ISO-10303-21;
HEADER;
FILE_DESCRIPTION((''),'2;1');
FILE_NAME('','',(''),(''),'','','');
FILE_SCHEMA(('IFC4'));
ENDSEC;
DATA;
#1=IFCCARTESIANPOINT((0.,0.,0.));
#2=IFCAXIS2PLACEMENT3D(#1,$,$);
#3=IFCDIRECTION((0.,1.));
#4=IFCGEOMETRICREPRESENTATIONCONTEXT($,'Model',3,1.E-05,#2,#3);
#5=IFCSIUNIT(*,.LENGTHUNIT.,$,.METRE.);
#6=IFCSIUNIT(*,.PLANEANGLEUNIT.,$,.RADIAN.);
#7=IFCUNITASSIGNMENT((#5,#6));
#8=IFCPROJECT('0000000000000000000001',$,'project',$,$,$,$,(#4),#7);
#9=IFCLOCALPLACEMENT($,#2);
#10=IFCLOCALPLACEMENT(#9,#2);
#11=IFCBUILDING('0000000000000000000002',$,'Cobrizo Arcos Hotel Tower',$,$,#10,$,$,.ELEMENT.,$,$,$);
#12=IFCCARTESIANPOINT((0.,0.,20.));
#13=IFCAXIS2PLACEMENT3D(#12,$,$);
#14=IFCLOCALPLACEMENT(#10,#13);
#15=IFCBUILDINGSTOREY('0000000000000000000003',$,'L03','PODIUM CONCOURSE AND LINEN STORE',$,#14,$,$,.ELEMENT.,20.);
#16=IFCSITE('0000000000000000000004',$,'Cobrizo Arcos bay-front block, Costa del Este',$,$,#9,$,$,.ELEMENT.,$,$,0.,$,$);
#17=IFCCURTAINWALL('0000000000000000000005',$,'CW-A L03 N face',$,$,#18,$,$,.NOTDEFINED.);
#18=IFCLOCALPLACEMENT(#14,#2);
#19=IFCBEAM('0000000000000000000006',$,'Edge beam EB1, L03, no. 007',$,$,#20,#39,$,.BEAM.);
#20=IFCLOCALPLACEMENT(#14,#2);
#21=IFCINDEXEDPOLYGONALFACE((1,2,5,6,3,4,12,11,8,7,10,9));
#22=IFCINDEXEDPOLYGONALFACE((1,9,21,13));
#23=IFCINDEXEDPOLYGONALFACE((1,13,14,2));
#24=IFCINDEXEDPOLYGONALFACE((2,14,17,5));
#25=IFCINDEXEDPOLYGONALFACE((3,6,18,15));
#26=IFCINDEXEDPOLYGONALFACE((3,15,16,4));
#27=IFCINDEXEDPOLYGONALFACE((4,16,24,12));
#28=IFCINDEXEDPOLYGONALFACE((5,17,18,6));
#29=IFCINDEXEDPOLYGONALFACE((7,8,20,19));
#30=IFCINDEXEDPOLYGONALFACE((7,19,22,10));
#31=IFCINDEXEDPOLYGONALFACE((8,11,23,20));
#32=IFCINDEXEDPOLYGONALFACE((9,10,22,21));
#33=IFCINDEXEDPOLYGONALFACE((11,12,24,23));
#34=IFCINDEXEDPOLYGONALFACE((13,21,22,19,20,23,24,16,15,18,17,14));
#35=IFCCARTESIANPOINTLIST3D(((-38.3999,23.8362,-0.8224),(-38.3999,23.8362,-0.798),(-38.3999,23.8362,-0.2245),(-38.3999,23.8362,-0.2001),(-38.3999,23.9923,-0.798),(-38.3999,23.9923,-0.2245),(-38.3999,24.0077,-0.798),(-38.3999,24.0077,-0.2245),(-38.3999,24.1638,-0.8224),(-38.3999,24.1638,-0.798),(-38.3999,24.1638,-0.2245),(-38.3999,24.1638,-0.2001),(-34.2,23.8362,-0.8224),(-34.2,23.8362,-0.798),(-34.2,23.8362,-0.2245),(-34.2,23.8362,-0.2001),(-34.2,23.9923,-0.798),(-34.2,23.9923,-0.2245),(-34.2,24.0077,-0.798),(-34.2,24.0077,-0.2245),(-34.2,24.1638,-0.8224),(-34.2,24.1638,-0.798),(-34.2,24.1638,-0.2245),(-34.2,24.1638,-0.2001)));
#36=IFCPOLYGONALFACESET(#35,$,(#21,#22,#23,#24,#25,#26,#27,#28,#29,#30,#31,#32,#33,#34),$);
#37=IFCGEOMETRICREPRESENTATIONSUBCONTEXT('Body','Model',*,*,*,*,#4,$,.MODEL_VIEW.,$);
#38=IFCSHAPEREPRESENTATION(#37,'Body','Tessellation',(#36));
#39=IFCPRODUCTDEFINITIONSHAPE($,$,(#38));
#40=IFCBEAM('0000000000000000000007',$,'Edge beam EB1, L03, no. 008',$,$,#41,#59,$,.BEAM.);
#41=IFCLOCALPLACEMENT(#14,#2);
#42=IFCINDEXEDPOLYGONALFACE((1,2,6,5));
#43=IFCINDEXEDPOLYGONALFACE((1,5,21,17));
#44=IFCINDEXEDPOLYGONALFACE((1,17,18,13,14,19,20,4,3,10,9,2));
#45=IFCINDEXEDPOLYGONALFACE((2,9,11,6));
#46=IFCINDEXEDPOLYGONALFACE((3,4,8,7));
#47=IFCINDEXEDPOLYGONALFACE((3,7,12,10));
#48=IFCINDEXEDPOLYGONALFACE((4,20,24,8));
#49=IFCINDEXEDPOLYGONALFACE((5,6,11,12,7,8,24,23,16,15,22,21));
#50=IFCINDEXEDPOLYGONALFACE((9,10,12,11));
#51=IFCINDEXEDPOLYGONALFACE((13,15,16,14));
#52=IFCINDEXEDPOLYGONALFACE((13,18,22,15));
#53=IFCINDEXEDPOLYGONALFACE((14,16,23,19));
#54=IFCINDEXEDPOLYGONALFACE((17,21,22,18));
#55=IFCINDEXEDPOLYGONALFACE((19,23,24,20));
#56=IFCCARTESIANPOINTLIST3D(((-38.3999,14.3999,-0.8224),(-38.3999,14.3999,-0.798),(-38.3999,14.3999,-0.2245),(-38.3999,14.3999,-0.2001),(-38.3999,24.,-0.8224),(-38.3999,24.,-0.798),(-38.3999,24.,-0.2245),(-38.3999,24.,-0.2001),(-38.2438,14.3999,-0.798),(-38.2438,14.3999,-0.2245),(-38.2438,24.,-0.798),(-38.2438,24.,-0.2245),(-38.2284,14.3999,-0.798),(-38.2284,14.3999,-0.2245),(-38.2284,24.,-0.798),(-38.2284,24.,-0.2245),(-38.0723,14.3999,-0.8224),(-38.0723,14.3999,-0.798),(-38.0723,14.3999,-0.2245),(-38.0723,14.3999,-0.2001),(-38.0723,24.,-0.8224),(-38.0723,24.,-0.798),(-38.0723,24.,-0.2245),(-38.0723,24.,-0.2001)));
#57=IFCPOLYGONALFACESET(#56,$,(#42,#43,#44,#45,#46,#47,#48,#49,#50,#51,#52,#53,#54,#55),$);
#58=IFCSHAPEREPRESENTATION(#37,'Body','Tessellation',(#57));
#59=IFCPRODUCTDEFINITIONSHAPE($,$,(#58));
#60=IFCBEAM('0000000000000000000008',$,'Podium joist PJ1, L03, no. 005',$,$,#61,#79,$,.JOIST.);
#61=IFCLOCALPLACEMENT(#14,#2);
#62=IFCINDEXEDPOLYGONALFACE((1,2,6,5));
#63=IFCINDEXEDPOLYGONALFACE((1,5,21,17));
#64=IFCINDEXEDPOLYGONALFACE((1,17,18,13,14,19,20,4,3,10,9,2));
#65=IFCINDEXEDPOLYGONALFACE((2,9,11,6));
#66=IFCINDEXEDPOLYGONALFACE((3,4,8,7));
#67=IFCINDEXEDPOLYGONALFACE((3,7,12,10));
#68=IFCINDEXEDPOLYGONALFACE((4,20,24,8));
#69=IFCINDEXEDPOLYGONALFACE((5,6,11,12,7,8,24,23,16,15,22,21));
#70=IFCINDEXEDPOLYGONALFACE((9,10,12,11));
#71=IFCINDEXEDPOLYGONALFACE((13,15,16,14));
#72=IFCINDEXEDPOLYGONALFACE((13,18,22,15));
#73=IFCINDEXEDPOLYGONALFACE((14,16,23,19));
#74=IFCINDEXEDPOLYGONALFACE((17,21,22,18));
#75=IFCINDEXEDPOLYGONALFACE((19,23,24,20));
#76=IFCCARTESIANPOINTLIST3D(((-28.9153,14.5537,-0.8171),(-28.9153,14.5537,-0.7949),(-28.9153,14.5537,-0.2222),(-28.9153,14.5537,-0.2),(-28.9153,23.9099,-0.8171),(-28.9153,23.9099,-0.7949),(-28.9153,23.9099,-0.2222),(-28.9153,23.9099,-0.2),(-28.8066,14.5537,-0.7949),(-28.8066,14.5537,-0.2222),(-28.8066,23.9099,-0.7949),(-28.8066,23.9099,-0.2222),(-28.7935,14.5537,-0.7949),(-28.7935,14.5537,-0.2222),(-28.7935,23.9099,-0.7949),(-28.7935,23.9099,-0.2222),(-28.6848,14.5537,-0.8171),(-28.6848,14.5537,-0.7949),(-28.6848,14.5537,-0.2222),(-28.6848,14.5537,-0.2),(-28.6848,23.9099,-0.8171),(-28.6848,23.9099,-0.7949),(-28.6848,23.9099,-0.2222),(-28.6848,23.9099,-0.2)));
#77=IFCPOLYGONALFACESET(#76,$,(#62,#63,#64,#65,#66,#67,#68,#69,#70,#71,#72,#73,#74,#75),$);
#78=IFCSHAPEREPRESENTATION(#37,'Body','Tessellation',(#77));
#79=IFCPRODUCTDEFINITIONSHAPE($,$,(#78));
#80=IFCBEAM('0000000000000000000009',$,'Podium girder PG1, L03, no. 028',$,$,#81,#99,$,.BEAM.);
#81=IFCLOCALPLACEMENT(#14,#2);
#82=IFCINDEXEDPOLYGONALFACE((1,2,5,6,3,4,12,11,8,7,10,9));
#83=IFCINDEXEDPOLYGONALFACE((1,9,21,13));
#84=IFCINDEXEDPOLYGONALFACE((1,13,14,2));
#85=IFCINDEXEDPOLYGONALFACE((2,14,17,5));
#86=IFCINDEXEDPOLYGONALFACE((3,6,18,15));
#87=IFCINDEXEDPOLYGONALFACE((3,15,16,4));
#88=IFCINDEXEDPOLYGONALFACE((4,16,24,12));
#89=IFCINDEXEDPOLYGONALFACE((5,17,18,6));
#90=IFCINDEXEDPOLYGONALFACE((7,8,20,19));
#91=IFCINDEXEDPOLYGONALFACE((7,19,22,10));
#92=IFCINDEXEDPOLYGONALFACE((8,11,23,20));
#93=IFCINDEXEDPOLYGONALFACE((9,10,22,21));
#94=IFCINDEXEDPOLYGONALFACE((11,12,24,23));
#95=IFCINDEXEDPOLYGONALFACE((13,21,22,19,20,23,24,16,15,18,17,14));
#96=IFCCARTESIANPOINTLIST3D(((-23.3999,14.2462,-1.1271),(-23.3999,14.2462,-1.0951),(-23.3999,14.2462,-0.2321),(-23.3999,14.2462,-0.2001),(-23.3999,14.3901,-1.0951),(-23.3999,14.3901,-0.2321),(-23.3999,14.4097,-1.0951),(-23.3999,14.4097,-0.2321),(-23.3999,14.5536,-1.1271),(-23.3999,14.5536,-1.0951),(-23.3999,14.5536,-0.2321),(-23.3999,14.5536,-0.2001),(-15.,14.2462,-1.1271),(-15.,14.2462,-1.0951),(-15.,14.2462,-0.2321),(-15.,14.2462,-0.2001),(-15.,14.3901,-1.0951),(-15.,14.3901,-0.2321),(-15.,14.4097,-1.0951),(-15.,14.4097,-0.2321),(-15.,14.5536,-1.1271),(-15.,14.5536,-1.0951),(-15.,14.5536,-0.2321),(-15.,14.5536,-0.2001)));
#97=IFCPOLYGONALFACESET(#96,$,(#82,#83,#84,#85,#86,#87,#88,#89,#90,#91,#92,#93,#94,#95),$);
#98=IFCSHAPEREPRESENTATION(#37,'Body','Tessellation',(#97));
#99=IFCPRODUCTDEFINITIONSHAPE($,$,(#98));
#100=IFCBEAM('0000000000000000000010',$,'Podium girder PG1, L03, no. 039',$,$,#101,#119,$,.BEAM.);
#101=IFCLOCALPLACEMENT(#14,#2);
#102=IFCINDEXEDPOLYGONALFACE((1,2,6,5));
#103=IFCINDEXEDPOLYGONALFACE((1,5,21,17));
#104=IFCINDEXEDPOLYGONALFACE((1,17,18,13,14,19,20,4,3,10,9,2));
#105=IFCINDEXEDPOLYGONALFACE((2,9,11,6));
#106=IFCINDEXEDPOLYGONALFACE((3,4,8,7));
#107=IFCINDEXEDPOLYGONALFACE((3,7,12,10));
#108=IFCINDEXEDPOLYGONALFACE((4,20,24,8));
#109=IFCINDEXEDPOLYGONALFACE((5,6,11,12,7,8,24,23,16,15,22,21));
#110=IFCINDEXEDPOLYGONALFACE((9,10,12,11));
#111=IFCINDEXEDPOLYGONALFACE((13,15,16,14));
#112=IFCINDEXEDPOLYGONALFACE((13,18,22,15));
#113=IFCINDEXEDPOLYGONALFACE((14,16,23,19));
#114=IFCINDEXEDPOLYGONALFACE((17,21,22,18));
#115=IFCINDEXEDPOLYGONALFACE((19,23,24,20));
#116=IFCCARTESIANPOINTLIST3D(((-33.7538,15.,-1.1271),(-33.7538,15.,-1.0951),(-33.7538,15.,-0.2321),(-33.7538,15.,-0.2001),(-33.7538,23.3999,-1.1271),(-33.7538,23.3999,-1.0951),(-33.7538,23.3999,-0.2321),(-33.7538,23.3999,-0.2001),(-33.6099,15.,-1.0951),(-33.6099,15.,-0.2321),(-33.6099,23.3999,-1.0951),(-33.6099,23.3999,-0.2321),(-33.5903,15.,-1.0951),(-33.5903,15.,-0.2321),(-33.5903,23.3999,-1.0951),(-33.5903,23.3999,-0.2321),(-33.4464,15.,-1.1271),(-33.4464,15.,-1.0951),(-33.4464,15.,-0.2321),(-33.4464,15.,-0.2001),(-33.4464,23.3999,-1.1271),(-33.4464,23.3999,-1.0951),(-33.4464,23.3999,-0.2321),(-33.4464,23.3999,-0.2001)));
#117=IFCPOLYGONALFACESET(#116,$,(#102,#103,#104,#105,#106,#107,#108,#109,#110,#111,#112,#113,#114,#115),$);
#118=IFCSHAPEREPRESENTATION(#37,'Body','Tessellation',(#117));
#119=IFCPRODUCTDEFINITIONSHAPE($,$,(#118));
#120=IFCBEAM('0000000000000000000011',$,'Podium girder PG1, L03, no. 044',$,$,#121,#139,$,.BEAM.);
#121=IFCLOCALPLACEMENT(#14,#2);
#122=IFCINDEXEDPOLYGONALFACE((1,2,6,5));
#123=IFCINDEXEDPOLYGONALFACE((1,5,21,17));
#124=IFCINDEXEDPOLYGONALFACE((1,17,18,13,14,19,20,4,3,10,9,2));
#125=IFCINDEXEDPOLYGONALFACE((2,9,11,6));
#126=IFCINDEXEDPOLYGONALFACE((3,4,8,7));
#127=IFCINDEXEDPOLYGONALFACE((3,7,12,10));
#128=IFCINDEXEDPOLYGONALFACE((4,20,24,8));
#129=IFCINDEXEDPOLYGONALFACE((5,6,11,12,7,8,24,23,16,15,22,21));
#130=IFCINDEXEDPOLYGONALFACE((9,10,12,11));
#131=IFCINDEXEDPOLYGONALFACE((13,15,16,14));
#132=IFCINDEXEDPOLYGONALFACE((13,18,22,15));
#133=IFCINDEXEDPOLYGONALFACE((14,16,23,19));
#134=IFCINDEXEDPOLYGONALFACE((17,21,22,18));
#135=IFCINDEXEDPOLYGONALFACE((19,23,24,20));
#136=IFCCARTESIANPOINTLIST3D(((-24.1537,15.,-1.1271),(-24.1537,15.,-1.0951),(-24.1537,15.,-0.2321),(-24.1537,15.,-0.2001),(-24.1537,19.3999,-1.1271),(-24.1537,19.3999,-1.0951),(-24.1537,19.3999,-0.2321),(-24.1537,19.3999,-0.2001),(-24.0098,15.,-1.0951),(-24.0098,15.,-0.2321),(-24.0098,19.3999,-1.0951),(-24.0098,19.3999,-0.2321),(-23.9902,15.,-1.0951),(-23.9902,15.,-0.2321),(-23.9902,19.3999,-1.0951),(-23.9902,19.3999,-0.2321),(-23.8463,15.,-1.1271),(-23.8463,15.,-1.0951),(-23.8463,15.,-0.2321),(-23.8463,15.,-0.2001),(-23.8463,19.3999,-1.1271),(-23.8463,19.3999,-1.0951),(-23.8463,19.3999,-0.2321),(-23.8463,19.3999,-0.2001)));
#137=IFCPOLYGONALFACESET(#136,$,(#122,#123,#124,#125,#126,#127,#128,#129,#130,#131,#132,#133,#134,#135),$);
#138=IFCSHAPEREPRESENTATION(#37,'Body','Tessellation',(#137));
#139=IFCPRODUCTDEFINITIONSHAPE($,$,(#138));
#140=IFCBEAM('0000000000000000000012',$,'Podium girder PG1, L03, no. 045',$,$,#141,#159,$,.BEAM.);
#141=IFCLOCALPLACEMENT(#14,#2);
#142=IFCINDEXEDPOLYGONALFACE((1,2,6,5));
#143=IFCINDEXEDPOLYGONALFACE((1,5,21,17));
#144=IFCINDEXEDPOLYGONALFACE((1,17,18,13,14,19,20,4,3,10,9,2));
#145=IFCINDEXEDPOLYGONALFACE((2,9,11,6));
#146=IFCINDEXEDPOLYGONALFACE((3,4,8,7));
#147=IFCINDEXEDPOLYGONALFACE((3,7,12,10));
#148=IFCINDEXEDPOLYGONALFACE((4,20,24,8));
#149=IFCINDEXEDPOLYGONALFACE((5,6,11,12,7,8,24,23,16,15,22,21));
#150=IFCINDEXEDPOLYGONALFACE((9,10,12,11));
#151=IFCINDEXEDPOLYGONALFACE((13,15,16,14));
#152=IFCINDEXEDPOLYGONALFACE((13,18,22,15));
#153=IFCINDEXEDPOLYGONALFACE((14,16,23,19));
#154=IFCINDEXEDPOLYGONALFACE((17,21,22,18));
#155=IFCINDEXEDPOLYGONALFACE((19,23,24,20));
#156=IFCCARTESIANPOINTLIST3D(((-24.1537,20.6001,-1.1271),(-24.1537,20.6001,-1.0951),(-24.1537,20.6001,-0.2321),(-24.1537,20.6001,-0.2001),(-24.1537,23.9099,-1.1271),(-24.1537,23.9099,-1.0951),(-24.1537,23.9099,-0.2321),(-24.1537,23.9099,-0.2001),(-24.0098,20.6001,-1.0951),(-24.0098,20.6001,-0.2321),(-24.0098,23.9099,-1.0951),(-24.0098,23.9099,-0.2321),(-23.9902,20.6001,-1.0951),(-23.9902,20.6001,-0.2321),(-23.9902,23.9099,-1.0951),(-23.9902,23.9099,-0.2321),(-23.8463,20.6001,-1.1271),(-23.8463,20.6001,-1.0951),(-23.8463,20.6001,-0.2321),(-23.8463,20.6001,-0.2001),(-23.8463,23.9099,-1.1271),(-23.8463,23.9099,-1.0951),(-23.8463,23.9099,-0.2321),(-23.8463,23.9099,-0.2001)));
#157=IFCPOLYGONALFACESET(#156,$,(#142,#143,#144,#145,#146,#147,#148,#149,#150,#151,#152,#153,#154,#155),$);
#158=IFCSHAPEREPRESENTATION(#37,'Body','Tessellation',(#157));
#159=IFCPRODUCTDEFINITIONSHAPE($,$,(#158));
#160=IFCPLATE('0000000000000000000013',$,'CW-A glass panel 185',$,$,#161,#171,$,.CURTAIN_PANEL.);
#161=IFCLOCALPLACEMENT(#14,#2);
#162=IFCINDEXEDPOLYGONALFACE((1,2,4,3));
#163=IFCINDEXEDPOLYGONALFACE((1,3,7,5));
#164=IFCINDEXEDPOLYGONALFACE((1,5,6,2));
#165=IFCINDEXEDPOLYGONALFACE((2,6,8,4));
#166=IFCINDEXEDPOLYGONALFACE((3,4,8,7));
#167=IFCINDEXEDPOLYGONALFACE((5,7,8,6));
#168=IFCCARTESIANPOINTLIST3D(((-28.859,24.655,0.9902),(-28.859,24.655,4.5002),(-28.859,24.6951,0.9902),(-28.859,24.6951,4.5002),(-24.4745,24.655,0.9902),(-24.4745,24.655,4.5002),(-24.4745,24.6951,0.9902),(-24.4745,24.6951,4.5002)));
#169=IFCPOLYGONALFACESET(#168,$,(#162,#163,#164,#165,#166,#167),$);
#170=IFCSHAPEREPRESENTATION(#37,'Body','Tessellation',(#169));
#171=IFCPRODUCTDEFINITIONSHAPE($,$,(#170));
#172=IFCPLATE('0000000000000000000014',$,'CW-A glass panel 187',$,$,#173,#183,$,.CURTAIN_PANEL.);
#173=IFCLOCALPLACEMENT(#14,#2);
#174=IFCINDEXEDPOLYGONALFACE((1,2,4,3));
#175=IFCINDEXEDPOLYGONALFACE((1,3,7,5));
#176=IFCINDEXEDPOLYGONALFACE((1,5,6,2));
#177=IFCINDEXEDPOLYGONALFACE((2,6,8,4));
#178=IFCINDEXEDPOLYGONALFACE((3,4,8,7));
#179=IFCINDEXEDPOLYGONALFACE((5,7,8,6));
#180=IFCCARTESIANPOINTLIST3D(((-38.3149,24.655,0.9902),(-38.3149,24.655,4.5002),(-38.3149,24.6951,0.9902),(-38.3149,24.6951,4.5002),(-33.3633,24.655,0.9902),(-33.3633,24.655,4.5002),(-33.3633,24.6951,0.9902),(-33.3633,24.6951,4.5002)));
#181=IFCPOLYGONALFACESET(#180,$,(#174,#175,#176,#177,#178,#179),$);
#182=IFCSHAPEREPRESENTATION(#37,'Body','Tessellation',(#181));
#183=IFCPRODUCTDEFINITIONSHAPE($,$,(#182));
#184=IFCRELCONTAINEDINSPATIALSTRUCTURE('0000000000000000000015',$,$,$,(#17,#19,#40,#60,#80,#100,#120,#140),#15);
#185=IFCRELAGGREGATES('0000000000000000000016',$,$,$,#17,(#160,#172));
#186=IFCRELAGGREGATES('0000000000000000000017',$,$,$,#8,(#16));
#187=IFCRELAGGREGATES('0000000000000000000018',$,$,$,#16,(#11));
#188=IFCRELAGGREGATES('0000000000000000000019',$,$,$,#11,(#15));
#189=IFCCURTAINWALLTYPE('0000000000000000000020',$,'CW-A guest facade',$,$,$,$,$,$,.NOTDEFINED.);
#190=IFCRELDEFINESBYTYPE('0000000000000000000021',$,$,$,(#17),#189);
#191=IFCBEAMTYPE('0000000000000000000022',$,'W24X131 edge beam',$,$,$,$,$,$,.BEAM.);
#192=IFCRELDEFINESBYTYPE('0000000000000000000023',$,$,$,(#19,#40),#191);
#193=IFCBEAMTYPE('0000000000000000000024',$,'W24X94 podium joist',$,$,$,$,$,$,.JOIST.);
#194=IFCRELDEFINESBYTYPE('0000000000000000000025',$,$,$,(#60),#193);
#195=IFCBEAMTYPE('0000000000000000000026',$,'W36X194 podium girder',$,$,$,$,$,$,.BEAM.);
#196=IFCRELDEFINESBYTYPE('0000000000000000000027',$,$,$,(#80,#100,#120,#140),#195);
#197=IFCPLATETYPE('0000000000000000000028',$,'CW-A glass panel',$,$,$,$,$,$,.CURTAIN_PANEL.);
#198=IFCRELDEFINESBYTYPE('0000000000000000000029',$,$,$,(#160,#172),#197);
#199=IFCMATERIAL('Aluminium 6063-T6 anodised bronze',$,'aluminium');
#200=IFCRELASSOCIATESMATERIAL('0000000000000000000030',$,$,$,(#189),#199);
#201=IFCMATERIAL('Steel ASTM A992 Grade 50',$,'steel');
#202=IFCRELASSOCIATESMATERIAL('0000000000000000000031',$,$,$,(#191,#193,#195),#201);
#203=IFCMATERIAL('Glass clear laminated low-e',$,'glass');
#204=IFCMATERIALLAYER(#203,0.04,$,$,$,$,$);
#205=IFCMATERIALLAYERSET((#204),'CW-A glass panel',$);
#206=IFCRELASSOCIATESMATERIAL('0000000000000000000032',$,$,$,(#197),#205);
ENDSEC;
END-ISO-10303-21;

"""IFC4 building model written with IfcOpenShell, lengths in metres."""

from ifc_helpers import new_model, si_unit, direction, frame, origin, origin_2d, place, context, subcontext, project, spatial, rectangle, i_section, extrude, material, layer, layer_set, material_profile, profile_set, type_object, element, aggregate, save


model = new_model("IFC4")

# Units and contexts
model_context = context("Model", 3, precision=1e-05, world=origin(), true_north=direction((0.0, 1.0)))
body_context = subcontext(model_context, "Body", "Model", "MODEL_VIEW")
ifc_project = project(units=[si_unit("LENGTHUNIT", "METRE"), si_unit("PLANEANGLEUNIT", "RADIAN")], contexts=[model_context])

# Site, building, storey
site_placement = place(None, origin())
site = spatial("IfcSite", under=ifc_project, at=site_placement, Name="Cobrizo Arcos bay-front block, Costa del Este", CompositionType="ELEMENT", RefElevation=0.0)
building_placement = place(site_placement, origin())
building = spatial("IfcBuilding", under=site, at=building_placement, Name="Cobrizo Arcos Hotel Tower", CompositionType="ELEMENT")
storey_placement = place(building_placement, frame((0.0, 0.0, 20.0)))
storey = spatial("IfcBuildingStorey", under=building, at=storey_placement, Name="L03", Description="PODIUM CONCOURSE AND LINEN STORE", CompositionType="ELEMENT", Elevation=20.0)

# Curtain wall
ifc_material_1 = material(Name="Aluminium 6063-T6 anodised bronze", Category="aluminium")
curtain_wall_type_1 = type_object("IfcCurtainWallType", Name="CW-A guest facade", PredefinedType="NOTDEFINED", material=ifc_material_1)
curtain_wall_1_placement = place(storey_placement, origin())
curtain_wall_1 = element("IfcCurtainWall", 1, at=curtain_wall_1_placement, inside=storey, type_object=curtain_wall_type_1, Name="CW-A L03 N face", PredefinedType="NOTDEFINED")

# Beams
ifc_material_2 = material(Name="Steel ASTM A992 Grade 50", Category="steel")
ifc_material_profile_1 = material_profile(ifc_material_2, i_section(OverallWidth=0.3276, OverallDepth=0.6223, WebThickness=0.0154, FlangeThickness=0.0244, at=origin_2d()), Name="W24X131")
ifc_profile_set_1 = profile_set([ifc_material_profile_1], Name="Steel ASTM A992 Grade 50")
beam_type_1 = type_object("IfcBeamType", Name="W24X131 edge beam", PredefinedType="BEAM", material=ifc_profile_set_1)
beam_1_placement = place(storey_placement, frame((-34.2, 24.0, -0.5112), z_axis=(-1.0, 0.0, 0.0), x_axis=(0.0, -1.0, 0.0)))
element("IfcBeam", 2, at=beam_1_placement, inside=storey, type_object=beam_type_1, Name="Edge beam EB1, L03, no. 007", PredefinedType="BEAM", context=body_context, shape_type="SweptSolid", body=[
    extrude(i_section(OverallWidth=0.3276, OverallDepth=0.6223, WebThickness=0.0154, FlangeThickness=0.0244, at=origin_2d()), origin(), (0.0, 0.0, 1.0), 4.2),
])
beam_2_placement = place(storey_placement, frame((-38.2361, 24.0, -0.5112), z_axis=(0.0, -1.0, 0.0), x_axis=(1.0, 0.0, 0.0)))
element("IfcBeam", 3, at=beam_2_placement, inside=storey, type_object=beam_type_1, Name="Edge beam EB1, L03, no. 008", PredefinedType="BEAM", context=body_context, shape_type="SweptSolid", body=[
    extrude(i_section(OverallWidth=0.3276, OverallDepth=0.6223, WebThickness=0.0154, FlangeThickness=0.0244, at=origin_2d()), origin(), (0.0, 0.0, 1.0), 9.6001),
])
ifc_material_profile_2 = material_profile(ifc_material_2, i_section(OverallWidth=0.2305, OverallDepth=0.6172, WebThickness=0.0132, FlangeThickness=0.0222, at=origin_2d()), Name="W24X94")
ifc_profile_set_2 = profile_set([ifc_material_profile_2], Name="Steel ASTM A992 Grade 50")
beam_type_2 = type_object("IfcBeamType", Name="W24X94 podium joist", PredefinedType="JOIST", material=ifc_profile_set_2)
beam_3_placement = place(storey_placement, frame((-28.8, 14.5537, -0.5085), z_axis=(0.0, 1.0, 0.0), x_axis=(-1.0, 0.0, 0.0)))
element("IfcBeam", 4, at=beam_3_placement, inside=storey, type_object=beam_type_2, Name="Podium joist PJ1, L03, no. 005", PredefinedType="JOIST", context=body_context, shape_type="SweptSolid", body=[
    extrude(i_section(OverallWidth=0.2305, OverallDepth=0.6172, WebThickness=0.0132, FlangeThickness=0.0222, at=origin_2d()), origin(), (0.0, 0.0, 1.0), 9.3562),
])
ifc_material_profile_3 = material_profile(ifc_material_2, i_section(OverallWidth=0.3074, OverallDepth=0.927, WebThickness=0.0195, FlangeThickness=0.032, at=origin_2d()), Name="W36X194")
ifc_profile_set_3 = profile_set([ifc_material_profile_3], Name="Steel ASTM A992 Grade 50")
beam_type_3 = type_object("IfcBeamType", Name="W36X194 podium girder", PredefinedType="BEAM", material=ifc_profile_set_3)
for number, where, z_axis, x_axis, name in (
    (5, (-23.3999, 14.3999, -0.6636), (1.0, 0.0, 0.0), (0.0, 1.0, 0.0), "Podium girder PG1, L03, no. 028"),
    (6, (-33.6001, 15.0, -0.6636), (0.0, 1.0, 0.0), (-1.0, 0.0, 0.0), "Podium girder PG1, L03, no. 039"),
):
    element("IfcBeam", number, at=place(storey_placement, frame(where, z_axis=z_axis, x_axis=x_axis)), inside=storey, type_object=beam_type_3, Name=name, PredefinedType="BEAM", context=body_context, shape_type="SweptSolid", body=[
        extrude(i_section(OverallWidth=0.3074, OverallDepth=0.927, WebThickness=0.0195, FlangeThickness=0.032, at=origin_2d()), origin(), (0.0, 0.0, 1.0), 8.3999),
    ])
beam_4_placement = place(storey_placement, frame((-24.0, 15.0, -0.6636), z_axis=(0.0, 1.0, 0.0), x_axis=(-1.0, 0.0, 0.0)))
element("IfcBeam", 7, at=beam_4_placement, inside=storey, type_object=beam_type_3, Name="Podium girder PG1, L03, no. 044", PredefinedType="BEAM", context=body_context, shape_type="SweptSolid", body=[
    extrude(i_section(OverallWidth=0.3074, OverallDepth=0.927, WebThickness=0.0195, FlangeThickness=0.032, at=origin_2d()), origin(), (0.0, 0.0, 1.0), 4.3999),
])
beam_5_placement = place(storey_placement, frame((-24.0, 20.6001, -0.6636), z_axis=(0.0, 1.0, 0.0), x_axis=(-1.0, 0.0, 0.0)))
element("IfcBeam", 8, at=beam_5_placement, inside=storey, type_object=beam_type_3, Name="Podium girder PG1, L03, no. 045", PredefinedType="BEAM", context=body_context, shape_type="SweptSolid", body=[
    extrude(i_section(OverallWidth=0.3074, OverallDepth=0.927, WebThickness=0.0195, FlangeThickness=0.032, at=origin_2d()), origin(), (0.0, 0.0, 1.0), 3.3098),
])

# Plates
ifc_material_3 = material(Name="Glass clear laminated low-e", Category="glass")
ifc_layer_1 = layer(ifc_material_3, 0.04)
ifc_layer_set_1 = layer_set([ifc_layer_1], Name="CW-A glass panel")
plate_type_1 = type_object("IfcPlateType", Name="CW-A glass panel", PredefinedType="CURTAIN_PANEL", material=ifc_layer_set_1)
plate_1_placement = place(storey_placement, frame((-26.6667, 24.675, 0.9902), z_axis=(0.0, 0.0, 1.0), x_axis=(-1.0, 0.0, 0.0)))
plate_1 = element("IfcPlate", 9, at=plate_1_placement, type_object=plate_type_1, Name="CW-A glass panel 185", PredefinedType="CURTAIN_PANEL", context=body_context, shape_type="SweptSolid", body=[
    extrude(rectangle(XDim=4.3845, YDim=0.04, at=origin_2d()), origin(), (0.0, 0.0, 1.0), 3.51),
])
plate_2_placement = place(storey_placement, frame((-35.8391, 24.675, 0.9902), z_axis=(0.0, 0.0, 1.0), x_axis=(-1.0, 0.0, 0.0)))
plate_2 = element("IfcPlate", 10, at=plate_2_placement, type_object=plate_type_1, Name="CW-A glass panel 187", PredefinedType="CURTAIN_PANEL", context=body_context, shape_type="SweptSolid", body=[
    extrude(rectangle(XDim=4.9517, YDim=0.04, at=origin_2d()), origin(), (0.0, 0.0, 1.0), 3.51),
])
aggregate(curtain_wall_1, [plate_1, plate_2])

save(model, "model.ifc")
